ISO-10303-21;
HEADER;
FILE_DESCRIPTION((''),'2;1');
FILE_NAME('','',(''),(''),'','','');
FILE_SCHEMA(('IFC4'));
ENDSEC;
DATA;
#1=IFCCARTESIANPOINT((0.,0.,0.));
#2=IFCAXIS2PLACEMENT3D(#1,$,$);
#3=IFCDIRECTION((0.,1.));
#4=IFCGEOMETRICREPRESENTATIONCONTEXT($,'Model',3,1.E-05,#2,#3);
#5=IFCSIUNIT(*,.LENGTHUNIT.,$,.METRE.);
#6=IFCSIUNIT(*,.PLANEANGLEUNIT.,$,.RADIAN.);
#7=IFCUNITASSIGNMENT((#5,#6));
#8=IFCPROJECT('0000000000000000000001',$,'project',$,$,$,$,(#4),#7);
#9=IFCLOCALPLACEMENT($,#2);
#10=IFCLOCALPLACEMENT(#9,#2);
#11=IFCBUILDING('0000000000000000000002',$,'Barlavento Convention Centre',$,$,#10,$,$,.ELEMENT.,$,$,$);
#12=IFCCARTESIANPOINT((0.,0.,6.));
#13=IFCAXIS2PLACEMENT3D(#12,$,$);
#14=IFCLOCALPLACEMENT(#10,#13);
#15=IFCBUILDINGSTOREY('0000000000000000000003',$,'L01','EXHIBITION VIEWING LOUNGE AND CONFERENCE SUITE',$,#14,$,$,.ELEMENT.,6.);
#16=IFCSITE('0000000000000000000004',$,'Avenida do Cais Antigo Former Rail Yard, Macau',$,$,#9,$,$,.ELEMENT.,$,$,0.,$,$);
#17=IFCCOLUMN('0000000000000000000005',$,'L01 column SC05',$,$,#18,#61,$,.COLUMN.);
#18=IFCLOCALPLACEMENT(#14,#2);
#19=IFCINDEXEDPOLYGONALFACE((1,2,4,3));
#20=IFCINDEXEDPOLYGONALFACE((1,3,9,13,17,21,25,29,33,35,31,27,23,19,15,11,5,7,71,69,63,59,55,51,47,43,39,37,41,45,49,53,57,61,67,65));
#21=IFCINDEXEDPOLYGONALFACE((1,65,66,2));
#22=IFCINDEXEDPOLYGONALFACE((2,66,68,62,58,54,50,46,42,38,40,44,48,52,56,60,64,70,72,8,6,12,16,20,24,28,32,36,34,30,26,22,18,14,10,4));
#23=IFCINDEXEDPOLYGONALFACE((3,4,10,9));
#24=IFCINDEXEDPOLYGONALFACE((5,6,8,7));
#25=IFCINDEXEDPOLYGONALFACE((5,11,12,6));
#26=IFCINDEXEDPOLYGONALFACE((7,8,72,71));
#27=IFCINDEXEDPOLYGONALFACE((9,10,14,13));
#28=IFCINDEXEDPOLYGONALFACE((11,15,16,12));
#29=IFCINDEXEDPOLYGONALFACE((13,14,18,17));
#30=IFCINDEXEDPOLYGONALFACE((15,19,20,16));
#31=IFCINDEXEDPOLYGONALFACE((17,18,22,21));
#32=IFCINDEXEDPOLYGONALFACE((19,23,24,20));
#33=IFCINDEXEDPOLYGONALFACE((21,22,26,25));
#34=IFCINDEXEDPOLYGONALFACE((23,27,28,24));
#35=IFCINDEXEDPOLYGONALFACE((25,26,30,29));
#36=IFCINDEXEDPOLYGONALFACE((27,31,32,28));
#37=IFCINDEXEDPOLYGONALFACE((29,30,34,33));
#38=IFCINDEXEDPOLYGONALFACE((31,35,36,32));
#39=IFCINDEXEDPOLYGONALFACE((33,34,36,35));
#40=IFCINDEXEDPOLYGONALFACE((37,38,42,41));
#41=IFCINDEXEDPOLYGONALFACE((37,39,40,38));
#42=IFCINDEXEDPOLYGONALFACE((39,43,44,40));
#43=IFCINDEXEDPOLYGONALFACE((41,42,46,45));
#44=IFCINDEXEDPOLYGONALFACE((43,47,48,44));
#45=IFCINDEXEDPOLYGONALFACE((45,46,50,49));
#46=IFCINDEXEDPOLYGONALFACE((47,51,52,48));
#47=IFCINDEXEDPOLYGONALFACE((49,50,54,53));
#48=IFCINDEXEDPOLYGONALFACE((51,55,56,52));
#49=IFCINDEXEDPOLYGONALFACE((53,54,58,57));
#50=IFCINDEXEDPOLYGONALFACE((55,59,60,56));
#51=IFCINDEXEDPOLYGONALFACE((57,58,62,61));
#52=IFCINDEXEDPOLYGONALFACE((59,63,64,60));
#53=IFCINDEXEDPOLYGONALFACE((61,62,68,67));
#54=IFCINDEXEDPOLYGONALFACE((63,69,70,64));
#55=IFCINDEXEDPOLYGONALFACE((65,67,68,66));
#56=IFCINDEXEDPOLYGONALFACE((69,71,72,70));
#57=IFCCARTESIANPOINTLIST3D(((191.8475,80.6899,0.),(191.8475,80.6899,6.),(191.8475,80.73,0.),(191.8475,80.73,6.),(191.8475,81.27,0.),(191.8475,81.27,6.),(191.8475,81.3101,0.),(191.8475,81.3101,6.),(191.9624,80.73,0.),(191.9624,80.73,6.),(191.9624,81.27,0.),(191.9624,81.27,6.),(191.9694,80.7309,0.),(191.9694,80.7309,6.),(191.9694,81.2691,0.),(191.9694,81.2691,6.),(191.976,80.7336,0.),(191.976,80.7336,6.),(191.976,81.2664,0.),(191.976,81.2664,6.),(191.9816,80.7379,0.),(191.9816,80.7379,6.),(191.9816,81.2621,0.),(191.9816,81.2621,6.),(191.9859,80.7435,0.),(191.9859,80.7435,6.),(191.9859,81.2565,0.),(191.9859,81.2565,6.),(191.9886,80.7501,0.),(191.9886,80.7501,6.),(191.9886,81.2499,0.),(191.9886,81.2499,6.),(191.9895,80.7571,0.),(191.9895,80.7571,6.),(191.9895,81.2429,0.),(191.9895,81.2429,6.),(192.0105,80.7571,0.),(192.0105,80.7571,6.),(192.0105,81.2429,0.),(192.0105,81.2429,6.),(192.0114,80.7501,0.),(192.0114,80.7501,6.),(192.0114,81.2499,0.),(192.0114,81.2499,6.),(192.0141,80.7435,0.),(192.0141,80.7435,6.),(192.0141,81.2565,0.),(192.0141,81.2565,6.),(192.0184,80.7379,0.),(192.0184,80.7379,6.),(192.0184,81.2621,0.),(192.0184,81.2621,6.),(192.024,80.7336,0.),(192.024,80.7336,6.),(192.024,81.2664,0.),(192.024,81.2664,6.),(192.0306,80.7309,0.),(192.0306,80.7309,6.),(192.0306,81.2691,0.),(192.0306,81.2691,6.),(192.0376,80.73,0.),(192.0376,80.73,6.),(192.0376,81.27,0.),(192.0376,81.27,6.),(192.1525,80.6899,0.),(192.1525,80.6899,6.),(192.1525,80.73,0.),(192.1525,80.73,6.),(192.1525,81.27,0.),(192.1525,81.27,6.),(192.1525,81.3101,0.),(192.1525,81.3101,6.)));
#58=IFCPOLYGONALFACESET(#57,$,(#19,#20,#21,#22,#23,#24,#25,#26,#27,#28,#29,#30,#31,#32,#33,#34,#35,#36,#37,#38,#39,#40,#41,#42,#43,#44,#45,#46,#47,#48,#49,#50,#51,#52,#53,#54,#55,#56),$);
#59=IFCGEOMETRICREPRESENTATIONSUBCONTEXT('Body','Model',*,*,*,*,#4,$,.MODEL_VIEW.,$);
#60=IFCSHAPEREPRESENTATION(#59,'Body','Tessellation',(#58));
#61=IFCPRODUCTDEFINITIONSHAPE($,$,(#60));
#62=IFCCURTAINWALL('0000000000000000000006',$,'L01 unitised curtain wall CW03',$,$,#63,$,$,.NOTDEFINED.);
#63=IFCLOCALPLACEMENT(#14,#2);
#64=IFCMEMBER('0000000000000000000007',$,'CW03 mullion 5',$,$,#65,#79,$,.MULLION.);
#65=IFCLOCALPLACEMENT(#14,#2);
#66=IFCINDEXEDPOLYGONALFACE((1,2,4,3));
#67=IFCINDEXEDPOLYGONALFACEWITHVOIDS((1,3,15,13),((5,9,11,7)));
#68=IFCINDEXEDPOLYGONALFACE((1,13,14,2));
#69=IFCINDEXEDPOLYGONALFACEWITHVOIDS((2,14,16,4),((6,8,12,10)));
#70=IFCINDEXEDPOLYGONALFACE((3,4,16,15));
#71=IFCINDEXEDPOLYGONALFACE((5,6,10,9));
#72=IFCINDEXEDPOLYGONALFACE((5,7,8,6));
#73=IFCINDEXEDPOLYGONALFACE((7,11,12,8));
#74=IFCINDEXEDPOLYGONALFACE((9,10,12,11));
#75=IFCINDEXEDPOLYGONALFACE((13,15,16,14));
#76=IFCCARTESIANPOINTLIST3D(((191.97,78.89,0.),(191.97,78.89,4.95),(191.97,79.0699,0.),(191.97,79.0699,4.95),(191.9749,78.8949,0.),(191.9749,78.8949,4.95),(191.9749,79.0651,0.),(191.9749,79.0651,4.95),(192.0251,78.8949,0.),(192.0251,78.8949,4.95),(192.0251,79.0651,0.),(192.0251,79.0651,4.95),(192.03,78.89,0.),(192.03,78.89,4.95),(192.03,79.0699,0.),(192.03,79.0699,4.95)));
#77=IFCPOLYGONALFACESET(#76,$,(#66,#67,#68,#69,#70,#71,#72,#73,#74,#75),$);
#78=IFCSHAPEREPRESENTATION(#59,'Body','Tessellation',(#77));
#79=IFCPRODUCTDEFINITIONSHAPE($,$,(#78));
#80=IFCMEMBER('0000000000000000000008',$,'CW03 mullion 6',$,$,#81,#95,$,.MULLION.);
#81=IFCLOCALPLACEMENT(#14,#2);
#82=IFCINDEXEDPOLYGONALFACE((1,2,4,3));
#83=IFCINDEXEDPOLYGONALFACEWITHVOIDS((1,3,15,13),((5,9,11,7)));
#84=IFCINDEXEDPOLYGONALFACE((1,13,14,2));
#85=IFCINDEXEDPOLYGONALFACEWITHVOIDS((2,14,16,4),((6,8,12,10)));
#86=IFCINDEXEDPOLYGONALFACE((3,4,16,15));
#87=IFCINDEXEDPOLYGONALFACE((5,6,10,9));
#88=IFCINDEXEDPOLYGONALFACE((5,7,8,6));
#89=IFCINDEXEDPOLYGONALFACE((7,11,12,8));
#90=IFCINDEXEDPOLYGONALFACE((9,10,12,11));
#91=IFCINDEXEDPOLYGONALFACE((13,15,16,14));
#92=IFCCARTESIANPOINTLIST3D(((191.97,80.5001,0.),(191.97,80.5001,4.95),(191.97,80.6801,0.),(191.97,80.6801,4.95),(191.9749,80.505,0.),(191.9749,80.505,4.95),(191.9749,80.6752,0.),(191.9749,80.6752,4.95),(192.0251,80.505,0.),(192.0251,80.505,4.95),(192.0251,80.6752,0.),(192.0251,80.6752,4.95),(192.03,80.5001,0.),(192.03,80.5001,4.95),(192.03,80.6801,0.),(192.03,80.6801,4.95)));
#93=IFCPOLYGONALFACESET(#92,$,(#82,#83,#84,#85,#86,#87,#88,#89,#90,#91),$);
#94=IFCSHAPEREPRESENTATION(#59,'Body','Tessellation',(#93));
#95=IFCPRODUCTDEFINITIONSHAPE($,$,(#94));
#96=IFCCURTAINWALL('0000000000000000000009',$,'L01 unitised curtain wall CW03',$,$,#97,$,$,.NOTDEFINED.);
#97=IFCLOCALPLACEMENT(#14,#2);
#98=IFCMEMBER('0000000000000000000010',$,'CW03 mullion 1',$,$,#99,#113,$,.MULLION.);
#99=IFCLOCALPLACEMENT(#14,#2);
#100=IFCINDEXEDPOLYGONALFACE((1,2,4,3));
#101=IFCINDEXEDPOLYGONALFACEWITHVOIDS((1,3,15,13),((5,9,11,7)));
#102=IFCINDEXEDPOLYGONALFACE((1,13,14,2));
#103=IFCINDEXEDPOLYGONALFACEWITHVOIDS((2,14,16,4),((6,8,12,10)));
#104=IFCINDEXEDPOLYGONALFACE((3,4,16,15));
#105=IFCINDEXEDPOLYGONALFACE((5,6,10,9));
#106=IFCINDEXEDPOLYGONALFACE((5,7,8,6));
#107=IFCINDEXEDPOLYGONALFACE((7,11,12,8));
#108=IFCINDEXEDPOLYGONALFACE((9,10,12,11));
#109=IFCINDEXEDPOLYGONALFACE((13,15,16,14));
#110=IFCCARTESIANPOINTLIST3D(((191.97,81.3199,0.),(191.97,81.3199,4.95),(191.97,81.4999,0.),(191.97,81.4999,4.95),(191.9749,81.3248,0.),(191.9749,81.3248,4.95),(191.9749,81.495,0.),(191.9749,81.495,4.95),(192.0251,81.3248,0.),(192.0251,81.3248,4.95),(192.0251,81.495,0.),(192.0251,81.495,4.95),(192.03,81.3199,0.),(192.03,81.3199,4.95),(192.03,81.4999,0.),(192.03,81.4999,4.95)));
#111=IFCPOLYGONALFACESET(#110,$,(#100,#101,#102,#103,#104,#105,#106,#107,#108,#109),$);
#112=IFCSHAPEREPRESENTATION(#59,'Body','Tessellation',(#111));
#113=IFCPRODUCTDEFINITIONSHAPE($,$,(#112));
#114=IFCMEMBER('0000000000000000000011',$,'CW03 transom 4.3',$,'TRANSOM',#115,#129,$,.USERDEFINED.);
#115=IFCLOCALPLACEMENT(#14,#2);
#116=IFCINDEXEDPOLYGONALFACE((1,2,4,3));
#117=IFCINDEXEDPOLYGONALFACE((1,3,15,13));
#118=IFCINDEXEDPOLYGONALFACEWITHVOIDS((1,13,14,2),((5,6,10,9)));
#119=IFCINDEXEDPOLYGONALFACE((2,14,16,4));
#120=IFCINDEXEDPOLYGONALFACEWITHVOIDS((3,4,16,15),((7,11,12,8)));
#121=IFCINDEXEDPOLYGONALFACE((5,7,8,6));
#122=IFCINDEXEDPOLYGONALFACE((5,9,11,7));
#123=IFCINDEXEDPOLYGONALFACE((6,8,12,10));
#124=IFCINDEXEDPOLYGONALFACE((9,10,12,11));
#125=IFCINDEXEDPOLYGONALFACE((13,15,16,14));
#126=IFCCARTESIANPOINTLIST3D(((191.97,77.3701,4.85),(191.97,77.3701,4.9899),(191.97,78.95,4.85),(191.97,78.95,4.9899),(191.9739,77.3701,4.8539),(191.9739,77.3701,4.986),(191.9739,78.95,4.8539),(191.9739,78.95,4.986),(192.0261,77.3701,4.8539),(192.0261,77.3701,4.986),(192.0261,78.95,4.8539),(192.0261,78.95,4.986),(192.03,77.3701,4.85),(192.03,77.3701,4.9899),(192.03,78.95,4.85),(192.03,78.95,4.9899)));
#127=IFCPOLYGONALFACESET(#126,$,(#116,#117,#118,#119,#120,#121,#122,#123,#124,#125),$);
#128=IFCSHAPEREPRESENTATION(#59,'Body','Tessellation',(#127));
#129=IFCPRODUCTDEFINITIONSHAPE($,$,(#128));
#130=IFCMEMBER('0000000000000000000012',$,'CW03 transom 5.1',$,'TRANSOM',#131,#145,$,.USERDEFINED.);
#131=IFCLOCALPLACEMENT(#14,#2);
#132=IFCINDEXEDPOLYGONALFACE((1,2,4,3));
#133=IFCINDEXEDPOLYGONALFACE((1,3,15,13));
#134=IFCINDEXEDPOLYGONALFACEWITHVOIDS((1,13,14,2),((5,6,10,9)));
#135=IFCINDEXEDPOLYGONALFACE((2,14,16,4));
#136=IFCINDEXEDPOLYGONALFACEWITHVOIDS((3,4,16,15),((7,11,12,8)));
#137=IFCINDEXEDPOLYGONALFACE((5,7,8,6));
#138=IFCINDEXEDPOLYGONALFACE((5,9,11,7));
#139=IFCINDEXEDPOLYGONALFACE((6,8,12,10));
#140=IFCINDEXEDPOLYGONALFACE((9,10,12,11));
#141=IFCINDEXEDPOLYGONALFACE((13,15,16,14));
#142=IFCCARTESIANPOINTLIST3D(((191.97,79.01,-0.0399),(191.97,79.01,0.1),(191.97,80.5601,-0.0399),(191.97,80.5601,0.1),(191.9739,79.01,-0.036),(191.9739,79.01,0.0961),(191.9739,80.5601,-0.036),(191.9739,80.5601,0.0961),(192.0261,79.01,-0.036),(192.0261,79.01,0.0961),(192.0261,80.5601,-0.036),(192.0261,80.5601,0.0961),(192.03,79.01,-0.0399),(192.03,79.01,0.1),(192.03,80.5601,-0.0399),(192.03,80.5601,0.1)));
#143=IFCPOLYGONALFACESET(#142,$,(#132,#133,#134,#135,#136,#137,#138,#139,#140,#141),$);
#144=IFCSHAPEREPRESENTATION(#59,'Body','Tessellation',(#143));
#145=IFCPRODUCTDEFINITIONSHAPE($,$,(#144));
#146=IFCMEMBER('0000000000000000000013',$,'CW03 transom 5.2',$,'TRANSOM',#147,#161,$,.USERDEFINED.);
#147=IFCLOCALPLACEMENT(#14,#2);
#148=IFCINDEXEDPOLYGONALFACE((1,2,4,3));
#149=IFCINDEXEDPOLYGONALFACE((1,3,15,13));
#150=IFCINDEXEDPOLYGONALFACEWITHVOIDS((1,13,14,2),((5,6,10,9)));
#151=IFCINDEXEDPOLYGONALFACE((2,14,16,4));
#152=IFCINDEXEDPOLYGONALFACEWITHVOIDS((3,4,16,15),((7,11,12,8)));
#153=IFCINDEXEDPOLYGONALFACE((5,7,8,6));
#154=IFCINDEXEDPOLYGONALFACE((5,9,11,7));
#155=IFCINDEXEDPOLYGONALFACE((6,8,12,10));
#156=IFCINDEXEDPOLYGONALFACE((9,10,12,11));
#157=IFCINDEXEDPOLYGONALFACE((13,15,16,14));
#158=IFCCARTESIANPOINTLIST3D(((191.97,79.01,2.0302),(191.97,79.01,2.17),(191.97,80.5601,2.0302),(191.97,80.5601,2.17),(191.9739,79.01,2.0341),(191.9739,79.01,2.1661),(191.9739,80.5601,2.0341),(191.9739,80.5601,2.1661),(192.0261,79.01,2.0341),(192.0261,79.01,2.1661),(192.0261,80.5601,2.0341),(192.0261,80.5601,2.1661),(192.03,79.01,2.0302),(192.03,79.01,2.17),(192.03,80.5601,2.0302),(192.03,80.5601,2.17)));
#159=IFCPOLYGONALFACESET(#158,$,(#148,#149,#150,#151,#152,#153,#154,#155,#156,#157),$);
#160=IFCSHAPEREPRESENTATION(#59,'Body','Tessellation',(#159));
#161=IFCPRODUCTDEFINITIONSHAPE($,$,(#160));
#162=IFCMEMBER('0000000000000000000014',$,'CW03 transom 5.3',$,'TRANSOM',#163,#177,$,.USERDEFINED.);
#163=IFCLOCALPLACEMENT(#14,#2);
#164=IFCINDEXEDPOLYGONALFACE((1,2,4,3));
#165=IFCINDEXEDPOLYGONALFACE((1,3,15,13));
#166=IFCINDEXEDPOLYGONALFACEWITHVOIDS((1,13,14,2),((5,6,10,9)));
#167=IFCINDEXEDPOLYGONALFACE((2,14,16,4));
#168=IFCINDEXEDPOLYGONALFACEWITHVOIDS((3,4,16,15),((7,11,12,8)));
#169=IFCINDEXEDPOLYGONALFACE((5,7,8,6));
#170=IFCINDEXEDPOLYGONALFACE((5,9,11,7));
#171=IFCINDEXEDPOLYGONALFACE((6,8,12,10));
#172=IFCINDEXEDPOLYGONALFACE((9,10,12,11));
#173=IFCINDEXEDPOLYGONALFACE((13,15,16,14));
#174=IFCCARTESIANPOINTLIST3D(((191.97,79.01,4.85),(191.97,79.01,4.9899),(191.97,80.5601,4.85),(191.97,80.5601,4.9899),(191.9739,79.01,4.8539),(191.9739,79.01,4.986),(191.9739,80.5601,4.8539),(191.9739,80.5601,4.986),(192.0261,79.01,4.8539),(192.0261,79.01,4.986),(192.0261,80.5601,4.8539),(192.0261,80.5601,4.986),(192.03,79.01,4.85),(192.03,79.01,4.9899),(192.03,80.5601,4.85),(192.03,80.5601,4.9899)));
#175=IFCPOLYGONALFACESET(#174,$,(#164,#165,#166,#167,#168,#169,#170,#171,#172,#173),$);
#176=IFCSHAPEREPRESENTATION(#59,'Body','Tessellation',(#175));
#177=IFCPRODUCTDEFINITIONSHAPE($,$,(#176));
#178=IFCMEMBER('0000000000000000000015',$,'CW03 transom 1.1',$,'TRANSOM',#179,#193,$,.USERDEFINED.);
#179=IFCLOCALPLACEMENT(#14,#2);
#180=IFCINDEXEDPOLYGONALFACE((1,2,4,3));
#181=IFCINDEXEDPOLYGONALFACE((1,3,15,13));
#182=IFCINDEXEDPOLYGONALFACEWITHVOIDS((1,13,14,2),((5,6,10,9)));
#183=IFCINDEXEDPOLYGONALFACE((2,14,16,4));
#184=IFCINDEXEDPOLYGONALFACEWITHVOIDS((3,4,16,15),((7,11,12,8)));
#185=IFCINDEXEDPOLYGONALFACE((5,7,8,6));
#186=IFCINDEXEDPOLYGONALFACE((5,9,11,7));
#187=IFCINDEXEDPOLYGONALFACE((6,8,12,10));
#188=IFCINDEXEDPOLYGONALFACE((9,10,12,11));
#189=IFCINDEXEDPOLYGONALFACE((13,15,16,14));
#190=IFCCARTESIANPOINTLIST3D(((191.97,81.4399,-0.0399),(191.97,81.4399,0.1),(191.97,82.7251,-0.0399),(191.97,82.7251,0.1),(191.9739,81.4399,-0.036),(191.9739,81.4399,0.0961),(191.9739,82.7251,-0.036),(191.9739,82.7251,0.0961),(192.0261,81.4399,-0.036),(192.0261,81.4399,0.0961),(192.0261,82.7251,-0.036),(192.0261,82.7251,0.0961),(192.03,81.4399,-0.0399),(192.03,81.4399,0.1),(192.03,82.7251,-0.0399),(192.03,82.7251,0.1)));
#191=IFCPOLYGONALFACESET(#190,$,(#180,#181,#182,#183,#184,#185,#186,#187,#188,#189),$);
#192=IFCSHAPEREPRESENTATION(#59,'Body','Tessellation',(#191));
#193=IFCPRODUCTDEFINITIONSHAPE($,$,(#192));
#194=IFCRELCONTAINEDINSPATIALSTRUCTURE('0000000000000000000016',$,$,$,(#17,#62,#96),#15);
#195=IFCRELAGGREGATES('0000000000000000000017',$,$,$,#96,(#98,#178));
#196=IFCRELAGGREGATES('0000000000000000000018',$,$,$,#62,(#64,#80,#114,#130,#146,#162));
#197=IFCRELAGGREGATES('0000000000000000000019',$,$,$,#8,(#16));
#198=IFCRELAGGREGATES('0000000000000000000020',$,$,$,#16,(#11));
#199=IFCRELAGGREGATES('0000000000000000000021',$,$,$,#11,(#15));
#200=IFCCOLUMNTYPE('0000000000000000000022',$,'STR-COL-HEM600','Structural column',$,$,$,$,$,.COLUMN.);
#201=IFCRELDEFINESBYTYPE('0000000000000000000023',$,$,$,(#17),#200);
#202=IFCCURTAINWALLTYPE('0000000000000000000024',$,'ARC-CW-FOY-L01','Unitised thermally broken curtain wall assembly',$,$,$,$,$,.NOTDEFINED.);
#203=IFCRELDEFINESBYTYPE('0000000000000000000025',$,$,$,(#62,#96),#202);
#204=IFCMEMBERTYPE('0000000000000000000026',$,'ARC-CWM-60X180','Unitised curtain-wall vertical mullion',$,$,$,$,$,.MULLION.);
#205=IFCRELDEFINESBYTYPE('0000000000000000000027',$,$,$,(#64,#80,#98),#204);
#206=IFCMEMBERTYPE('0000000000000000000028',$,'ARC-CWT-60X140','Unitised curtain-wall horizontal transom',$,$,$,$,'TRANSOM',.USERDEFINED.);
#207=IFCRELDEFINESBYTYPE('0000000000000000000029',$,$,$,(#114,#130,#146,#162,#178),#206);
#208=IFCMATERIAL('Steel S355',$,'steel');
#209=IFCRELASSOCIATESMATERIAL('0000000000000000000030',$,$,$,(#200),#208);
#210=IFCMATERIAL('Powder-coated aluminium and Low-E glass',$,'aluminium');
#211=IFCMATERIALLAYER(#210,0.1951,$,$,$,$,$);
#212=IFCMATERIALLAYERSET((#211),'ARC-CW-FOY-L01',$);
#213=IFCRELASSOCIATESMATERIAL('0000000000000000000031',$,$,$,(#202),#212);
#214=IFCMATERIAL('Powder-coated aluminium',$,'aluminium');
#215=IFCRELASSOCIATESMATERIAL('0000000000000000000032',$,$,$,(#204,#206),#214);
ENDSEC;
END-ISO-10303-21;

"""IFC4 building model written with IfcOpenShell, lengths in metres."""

from ifc_helpers import new_model, si_unit, direction, frame, origin, origin_2d, place, context, subcontext, project, spatial, hollow_rectangle, i_section, extrude, material, layer, layer_set, material_profile, profile_set, type_object, element, aggregate, save


model = new_model("IFC4")

# Units and contexts
model_context = context("Model", 3, precision=1e-05, world=origin(), true_north=direction((0.0, 1.0)))
body_context = subcontext(model_context, "Body", "Model", "MODEL_VIEW")
ifc_project = project(units=[si_unit("LENGTHUNIT", "METRE"), si_unit("PLANEANGLEUNIT", "RADIAN")], contexts=[model_context])

# Site, building, storey
site_placement = place(None, origin())
site = spatial("IfcSite", under=ifc_project, at=site_placement, Name="Avenida do Cais Antigo Former Rail Yard, Macau", CompositionType="ELEMENT", RefElevation=0.0)
building_placement = place(site_placement, origin())
building = spatial("IfcBuilding", under=site, at=building_placement, Name="Barlavento Convention Centre", CompositionType="ELEMENT")
storey_placement = place(building_placement, frame((0.0, 0.0, 6.0)))
storey = spatial("IfcBuildingStorey", under=building, at=storey_placement, Name="L01", Description="EXHIBITION VIEWING LOUNGE AND CONFERENCE SUITE", CompositionType="ELEMENT", Elevation=6.0)

# Column
ifc_material_1 = material(Name="Steel S355", Category="steel")
ifc_material_profile_1 = material_profile(ifc_material_1, i_section(OverallWidth=0.3049, OverallDepth=0.6201, WebThickness=0.021, FlangeThickness=0.04, FilletRadius=0.0271, at=origin_2d()), Name="HEM 600")
ifc_profile_set_1 = profile_set([ifc_material_profile_1], Name="Steel S355")
column_type = type_object("IfcColumnType", Name="STR-COL-HEM600", Description="Structural column", PredefinedType="COLUMN", material=ifc_profile_set_1)
column_placement = place(storey_placement, frame((192.0, 81.0, 0.0), z_axis=(0.0, 0.0, 1.0), x_axis=(1.0, 0.0, 0.0)))
element("IfcColumn", 1, at=column_placement, inside=storey, type_object=column_type, Name="L01 column SC05", PredefinedType="COLUMN", context=body_context, shape_type="SweptSolid", body=[
    extrude(i_section(OverallWidth=0.3049, OverallDepth=0.6201, WebThickness=0.021, FlangeThickness=0.04, FilletRadius=0.0271, at=origin_2d()), origin(), (0.0, 0.0, 1.0), 6.0),
])

# Curtain wall, members
ifc_material_2 = material(Name="Powder-coated aluminium and Low-E glass", Category="aluminium")
ifc_layer_1 = layer(ifc_material_2, 0.1951)
ifc_layer_set_1 = layer_set([ifc_layer_1], Name="ARC-CW-FOY-L01")
curtain_wall_type = type_object("IfcCurtainWallType", Name="ARC-CW-FOY-L01", Description="Unitised thermally broken curtain wall assembly", PredefinedType="NOTDEFINED", material=ifc_layer_set_1)
curtain_wall_1_placement = place(storey_placement, origin())
curtain_wall_1 = element("IfcCurtainWall", 2, at=curtain_wall_1_placement, inside=storey, type_object=curtain_wall_type, Name="L01 unitised curtain wall CW03", PredefinedType="NOTDEFINED")
ifc_material_3 = material(Name="Powder-coated aluminium", Category="aluminium")
ifc_material_profile_2 = material_profile(ifc_material_3, hollow_rectangle(XDim=0.0601, YDim=0.1799, WallThickness=0.0049, at=origin_2d()), Name="AL-MULL 60x180x5")
ifc_profile_set_2 = profile_set([ifc_material_profile_2], Name="Powder-coated aluminium")
member_type_1 = type_object("IfcMemberType", Name="ARC-CWM-60X180", Description="Unitised curtain-wall vertical mullion", PredefinedType="MULLION", material=ifc_profile_set_2)
member_1_placement = place(storey_placement, frame((192.0, 78.98, 0.0), z_axis=(0.0, 0.0, 1.0), x_axis=(-1.0, 0.0, 0.0)))
member_1 = element("IfcMember", 3, at=member_1_placement, type_object=member_type_1, Name="CW03 mullion 5", PredefinedType="MULLION", context=body_context, shape_type="SweptSolid", body=[
    extrude(hollow_rectangle(XDim=0.0601, YDim=0.1799, WallThickness=0.0049, at=origin_2d()), origin(), (0.0, 0.0, 1.0), 4.95),
])
member_2_placement = place(storey_placement, frame((192.0, 80.5901, 0.0), z_axis=(0.0, 0.0, 1.0), x_axis=(-1.0, 0.0, 0.0)))
member_2 = element("IfcMember", 4, at=member_2_placement, type_object=member_type_1, Name="CW03 mullion 6", PredefinedType="MULLION", context=body_context, shape_type="SweptSolid", body=[
    extrude(hollow_rectangle(XDim=0.0601, YDim=0.1799, WallThickness=0.0049, at=origin_2d()), origin(), (0.0, 0.0, 1.0), 4.95),
])

# Curtain wall, member
curtain_wall_2_placement = place(storey_placement, origin())
curtain_wall_2 = element("IfcCurtainWall", 5, at=curtain_wall_2_placement, inside=storey, type_object=curtain_wall_type, Name="L01 unitised curtain wall CW03", PredefinedType="NOTDEFINED")
member_3_placement = place(storey_placement, frame((192.0, 81.4099, 0.0), z_axis=(0.0, 0.0, 1.0), x_axis=(-1.0, 0.0, 0.0)))
member_3 = element("IfcMember", 6, at=member_3_placement, type_object=member_type_1, Name="CW03 mullion 1", PredefinedType="MULLION", context=body_context, shape_type="SweptSolid", body=[
    extrude(hollow_rectangle(XDim=0.0601, YDim=0.1799, WallThickness=0.0049, at=origin_2d()), origin(), (0.0, 0.0, 1.0), 4.95),
])

# Members
ifc_material_profile_3 = material_profile(ifc_material_3, hollow_rectangle(XDim=0.0601, YDim=0.1399, WallThickness=0.0039, at=origin_2d()), Name="AL-TRAN 60x140x4")
ifc_profile_set_3 = profile_set([ifc_material_profile_3], Name="Powder-coated aluminium")
member_type_2 = type_object("IfcMemberType", Name="ARC-CWT-60X140", Description="Unitised curtain-wall horizontal transom", ElementType="TRANSOM", PredefinedType="USERDEFINED", material=ifc_profile_set_3)
member_4_placement = place(storey_placement, frame((192.0, 77.3701, 4.9199), z_axis=(0.0, 1.0, 0.0), x_axis=(-1.0, 0.0, 0.0)))
member_4 = element("IfcMember", 7, at=member_4_placement, type_object=member_type_2, Name="CW03 transom 4.3", ObjectType="TRANSOM", PredefinedType="USERDEFINED", context=body_context, shape_type="SweptSolid", body=[
    extrude(hollow_rectangle(XDim=0.0601, YDim=0.1399, WallThickness=0.0039, at=origin_2d()), origin(), (0.0, 0.0, 1.0), 1.5798),
])
member_5_placement = place(storey_placement, frame((192.0, 79.01, 0.03), z_axis=(0.0, 1.0, 0.0), x_axis=(-1.0, 0.0, 0.0)))
member_5 = element("IfcMember", 8, at=member_5_placement, type_object=member_type_2, Name="CW03 transom 5.1", ObjectType="TRANSOM", PredefinedType="USERDEFINED", context=body_context, shape_type="SweptSolid", body=[
    extrude(hollow_rectangle(XDim=0.0601, YDim=0.1399, WallThickness=0.0039, at=origin_2d()), origin(), (0.0, 0.0, 1.0), 1.55),
])
member_6_placement = place(storey_placement, frame((192.0, 79.01, 2.1001), z_axis=(0.0, 1.0, 0.0), x_axis=(-1.0, 0.0, 0.0)))
member_6 = element("IfcMember", 9, at=member_6_placement, type_object=member_type_2, Name="CW03 transom 5.2", ObjectType="TRANSOM", PredefinedType="USERDEFINED", context=body_context, shape_type="SweptSolid", body=[
    extrude(hollow_rectangle(XDim=0.0601, YDim=0.1399, WallThickness=0.0039, at=origin_2d()), origin(), (0.0, 0.0, 1.0), 1.55),
])
member_7_placement = place(storey_placement, frame((192.0, 79.01, 4.9199), z_axis=(0.0, 1.0, 0.0), x_axis=(-1.0, 0.0, 0.0)))
member_7 = element("IfcMember", 10, at=member_7_placement, type_object=member_type_2, Name="CW03 transom 5.3", ObjectType="TRANSOM", PredefinedType="USERDEFINED", context=body_context, shape_type="SweptSolid", body=[
    extrude(hollow_rectangle(XDim=0.0601, YDim=0.1399, WallThickness=0.0039, at=origin_2d()), origin(), (0.0, 0.0, 1.0), 1.55),
])
member_8_placement = place(storey_placement, frame((192.0, 81.4399, 0.03), z_axis=(0.0, 1.0, 0.0), x_axis=(-1.0, 0.0, 0.0)))
member_8 = element("IfcMember", 11, at=member_8_placement, type_object=member_type_2, Name="CW03 transom 1.1", ObjectType="TRANSOM", PredefinedType="USERDEFINED", context=body_context, shape_type="SweptSolid", body=[
    extrude(hollow_rectangle(XDim=0.0601, YDim=0.1399, WallThickness=0.0039, at=origin_2d()), origin(), (0.0, 0.0, 1.0), 1.2852),
])
aggregate(curtain_wall_2, [member_3, member_8])

aggregate(curtain_wall_1, [member_1, member_2, member_4, member_5, member_6, member_7])

save(model, "model.ifc")
